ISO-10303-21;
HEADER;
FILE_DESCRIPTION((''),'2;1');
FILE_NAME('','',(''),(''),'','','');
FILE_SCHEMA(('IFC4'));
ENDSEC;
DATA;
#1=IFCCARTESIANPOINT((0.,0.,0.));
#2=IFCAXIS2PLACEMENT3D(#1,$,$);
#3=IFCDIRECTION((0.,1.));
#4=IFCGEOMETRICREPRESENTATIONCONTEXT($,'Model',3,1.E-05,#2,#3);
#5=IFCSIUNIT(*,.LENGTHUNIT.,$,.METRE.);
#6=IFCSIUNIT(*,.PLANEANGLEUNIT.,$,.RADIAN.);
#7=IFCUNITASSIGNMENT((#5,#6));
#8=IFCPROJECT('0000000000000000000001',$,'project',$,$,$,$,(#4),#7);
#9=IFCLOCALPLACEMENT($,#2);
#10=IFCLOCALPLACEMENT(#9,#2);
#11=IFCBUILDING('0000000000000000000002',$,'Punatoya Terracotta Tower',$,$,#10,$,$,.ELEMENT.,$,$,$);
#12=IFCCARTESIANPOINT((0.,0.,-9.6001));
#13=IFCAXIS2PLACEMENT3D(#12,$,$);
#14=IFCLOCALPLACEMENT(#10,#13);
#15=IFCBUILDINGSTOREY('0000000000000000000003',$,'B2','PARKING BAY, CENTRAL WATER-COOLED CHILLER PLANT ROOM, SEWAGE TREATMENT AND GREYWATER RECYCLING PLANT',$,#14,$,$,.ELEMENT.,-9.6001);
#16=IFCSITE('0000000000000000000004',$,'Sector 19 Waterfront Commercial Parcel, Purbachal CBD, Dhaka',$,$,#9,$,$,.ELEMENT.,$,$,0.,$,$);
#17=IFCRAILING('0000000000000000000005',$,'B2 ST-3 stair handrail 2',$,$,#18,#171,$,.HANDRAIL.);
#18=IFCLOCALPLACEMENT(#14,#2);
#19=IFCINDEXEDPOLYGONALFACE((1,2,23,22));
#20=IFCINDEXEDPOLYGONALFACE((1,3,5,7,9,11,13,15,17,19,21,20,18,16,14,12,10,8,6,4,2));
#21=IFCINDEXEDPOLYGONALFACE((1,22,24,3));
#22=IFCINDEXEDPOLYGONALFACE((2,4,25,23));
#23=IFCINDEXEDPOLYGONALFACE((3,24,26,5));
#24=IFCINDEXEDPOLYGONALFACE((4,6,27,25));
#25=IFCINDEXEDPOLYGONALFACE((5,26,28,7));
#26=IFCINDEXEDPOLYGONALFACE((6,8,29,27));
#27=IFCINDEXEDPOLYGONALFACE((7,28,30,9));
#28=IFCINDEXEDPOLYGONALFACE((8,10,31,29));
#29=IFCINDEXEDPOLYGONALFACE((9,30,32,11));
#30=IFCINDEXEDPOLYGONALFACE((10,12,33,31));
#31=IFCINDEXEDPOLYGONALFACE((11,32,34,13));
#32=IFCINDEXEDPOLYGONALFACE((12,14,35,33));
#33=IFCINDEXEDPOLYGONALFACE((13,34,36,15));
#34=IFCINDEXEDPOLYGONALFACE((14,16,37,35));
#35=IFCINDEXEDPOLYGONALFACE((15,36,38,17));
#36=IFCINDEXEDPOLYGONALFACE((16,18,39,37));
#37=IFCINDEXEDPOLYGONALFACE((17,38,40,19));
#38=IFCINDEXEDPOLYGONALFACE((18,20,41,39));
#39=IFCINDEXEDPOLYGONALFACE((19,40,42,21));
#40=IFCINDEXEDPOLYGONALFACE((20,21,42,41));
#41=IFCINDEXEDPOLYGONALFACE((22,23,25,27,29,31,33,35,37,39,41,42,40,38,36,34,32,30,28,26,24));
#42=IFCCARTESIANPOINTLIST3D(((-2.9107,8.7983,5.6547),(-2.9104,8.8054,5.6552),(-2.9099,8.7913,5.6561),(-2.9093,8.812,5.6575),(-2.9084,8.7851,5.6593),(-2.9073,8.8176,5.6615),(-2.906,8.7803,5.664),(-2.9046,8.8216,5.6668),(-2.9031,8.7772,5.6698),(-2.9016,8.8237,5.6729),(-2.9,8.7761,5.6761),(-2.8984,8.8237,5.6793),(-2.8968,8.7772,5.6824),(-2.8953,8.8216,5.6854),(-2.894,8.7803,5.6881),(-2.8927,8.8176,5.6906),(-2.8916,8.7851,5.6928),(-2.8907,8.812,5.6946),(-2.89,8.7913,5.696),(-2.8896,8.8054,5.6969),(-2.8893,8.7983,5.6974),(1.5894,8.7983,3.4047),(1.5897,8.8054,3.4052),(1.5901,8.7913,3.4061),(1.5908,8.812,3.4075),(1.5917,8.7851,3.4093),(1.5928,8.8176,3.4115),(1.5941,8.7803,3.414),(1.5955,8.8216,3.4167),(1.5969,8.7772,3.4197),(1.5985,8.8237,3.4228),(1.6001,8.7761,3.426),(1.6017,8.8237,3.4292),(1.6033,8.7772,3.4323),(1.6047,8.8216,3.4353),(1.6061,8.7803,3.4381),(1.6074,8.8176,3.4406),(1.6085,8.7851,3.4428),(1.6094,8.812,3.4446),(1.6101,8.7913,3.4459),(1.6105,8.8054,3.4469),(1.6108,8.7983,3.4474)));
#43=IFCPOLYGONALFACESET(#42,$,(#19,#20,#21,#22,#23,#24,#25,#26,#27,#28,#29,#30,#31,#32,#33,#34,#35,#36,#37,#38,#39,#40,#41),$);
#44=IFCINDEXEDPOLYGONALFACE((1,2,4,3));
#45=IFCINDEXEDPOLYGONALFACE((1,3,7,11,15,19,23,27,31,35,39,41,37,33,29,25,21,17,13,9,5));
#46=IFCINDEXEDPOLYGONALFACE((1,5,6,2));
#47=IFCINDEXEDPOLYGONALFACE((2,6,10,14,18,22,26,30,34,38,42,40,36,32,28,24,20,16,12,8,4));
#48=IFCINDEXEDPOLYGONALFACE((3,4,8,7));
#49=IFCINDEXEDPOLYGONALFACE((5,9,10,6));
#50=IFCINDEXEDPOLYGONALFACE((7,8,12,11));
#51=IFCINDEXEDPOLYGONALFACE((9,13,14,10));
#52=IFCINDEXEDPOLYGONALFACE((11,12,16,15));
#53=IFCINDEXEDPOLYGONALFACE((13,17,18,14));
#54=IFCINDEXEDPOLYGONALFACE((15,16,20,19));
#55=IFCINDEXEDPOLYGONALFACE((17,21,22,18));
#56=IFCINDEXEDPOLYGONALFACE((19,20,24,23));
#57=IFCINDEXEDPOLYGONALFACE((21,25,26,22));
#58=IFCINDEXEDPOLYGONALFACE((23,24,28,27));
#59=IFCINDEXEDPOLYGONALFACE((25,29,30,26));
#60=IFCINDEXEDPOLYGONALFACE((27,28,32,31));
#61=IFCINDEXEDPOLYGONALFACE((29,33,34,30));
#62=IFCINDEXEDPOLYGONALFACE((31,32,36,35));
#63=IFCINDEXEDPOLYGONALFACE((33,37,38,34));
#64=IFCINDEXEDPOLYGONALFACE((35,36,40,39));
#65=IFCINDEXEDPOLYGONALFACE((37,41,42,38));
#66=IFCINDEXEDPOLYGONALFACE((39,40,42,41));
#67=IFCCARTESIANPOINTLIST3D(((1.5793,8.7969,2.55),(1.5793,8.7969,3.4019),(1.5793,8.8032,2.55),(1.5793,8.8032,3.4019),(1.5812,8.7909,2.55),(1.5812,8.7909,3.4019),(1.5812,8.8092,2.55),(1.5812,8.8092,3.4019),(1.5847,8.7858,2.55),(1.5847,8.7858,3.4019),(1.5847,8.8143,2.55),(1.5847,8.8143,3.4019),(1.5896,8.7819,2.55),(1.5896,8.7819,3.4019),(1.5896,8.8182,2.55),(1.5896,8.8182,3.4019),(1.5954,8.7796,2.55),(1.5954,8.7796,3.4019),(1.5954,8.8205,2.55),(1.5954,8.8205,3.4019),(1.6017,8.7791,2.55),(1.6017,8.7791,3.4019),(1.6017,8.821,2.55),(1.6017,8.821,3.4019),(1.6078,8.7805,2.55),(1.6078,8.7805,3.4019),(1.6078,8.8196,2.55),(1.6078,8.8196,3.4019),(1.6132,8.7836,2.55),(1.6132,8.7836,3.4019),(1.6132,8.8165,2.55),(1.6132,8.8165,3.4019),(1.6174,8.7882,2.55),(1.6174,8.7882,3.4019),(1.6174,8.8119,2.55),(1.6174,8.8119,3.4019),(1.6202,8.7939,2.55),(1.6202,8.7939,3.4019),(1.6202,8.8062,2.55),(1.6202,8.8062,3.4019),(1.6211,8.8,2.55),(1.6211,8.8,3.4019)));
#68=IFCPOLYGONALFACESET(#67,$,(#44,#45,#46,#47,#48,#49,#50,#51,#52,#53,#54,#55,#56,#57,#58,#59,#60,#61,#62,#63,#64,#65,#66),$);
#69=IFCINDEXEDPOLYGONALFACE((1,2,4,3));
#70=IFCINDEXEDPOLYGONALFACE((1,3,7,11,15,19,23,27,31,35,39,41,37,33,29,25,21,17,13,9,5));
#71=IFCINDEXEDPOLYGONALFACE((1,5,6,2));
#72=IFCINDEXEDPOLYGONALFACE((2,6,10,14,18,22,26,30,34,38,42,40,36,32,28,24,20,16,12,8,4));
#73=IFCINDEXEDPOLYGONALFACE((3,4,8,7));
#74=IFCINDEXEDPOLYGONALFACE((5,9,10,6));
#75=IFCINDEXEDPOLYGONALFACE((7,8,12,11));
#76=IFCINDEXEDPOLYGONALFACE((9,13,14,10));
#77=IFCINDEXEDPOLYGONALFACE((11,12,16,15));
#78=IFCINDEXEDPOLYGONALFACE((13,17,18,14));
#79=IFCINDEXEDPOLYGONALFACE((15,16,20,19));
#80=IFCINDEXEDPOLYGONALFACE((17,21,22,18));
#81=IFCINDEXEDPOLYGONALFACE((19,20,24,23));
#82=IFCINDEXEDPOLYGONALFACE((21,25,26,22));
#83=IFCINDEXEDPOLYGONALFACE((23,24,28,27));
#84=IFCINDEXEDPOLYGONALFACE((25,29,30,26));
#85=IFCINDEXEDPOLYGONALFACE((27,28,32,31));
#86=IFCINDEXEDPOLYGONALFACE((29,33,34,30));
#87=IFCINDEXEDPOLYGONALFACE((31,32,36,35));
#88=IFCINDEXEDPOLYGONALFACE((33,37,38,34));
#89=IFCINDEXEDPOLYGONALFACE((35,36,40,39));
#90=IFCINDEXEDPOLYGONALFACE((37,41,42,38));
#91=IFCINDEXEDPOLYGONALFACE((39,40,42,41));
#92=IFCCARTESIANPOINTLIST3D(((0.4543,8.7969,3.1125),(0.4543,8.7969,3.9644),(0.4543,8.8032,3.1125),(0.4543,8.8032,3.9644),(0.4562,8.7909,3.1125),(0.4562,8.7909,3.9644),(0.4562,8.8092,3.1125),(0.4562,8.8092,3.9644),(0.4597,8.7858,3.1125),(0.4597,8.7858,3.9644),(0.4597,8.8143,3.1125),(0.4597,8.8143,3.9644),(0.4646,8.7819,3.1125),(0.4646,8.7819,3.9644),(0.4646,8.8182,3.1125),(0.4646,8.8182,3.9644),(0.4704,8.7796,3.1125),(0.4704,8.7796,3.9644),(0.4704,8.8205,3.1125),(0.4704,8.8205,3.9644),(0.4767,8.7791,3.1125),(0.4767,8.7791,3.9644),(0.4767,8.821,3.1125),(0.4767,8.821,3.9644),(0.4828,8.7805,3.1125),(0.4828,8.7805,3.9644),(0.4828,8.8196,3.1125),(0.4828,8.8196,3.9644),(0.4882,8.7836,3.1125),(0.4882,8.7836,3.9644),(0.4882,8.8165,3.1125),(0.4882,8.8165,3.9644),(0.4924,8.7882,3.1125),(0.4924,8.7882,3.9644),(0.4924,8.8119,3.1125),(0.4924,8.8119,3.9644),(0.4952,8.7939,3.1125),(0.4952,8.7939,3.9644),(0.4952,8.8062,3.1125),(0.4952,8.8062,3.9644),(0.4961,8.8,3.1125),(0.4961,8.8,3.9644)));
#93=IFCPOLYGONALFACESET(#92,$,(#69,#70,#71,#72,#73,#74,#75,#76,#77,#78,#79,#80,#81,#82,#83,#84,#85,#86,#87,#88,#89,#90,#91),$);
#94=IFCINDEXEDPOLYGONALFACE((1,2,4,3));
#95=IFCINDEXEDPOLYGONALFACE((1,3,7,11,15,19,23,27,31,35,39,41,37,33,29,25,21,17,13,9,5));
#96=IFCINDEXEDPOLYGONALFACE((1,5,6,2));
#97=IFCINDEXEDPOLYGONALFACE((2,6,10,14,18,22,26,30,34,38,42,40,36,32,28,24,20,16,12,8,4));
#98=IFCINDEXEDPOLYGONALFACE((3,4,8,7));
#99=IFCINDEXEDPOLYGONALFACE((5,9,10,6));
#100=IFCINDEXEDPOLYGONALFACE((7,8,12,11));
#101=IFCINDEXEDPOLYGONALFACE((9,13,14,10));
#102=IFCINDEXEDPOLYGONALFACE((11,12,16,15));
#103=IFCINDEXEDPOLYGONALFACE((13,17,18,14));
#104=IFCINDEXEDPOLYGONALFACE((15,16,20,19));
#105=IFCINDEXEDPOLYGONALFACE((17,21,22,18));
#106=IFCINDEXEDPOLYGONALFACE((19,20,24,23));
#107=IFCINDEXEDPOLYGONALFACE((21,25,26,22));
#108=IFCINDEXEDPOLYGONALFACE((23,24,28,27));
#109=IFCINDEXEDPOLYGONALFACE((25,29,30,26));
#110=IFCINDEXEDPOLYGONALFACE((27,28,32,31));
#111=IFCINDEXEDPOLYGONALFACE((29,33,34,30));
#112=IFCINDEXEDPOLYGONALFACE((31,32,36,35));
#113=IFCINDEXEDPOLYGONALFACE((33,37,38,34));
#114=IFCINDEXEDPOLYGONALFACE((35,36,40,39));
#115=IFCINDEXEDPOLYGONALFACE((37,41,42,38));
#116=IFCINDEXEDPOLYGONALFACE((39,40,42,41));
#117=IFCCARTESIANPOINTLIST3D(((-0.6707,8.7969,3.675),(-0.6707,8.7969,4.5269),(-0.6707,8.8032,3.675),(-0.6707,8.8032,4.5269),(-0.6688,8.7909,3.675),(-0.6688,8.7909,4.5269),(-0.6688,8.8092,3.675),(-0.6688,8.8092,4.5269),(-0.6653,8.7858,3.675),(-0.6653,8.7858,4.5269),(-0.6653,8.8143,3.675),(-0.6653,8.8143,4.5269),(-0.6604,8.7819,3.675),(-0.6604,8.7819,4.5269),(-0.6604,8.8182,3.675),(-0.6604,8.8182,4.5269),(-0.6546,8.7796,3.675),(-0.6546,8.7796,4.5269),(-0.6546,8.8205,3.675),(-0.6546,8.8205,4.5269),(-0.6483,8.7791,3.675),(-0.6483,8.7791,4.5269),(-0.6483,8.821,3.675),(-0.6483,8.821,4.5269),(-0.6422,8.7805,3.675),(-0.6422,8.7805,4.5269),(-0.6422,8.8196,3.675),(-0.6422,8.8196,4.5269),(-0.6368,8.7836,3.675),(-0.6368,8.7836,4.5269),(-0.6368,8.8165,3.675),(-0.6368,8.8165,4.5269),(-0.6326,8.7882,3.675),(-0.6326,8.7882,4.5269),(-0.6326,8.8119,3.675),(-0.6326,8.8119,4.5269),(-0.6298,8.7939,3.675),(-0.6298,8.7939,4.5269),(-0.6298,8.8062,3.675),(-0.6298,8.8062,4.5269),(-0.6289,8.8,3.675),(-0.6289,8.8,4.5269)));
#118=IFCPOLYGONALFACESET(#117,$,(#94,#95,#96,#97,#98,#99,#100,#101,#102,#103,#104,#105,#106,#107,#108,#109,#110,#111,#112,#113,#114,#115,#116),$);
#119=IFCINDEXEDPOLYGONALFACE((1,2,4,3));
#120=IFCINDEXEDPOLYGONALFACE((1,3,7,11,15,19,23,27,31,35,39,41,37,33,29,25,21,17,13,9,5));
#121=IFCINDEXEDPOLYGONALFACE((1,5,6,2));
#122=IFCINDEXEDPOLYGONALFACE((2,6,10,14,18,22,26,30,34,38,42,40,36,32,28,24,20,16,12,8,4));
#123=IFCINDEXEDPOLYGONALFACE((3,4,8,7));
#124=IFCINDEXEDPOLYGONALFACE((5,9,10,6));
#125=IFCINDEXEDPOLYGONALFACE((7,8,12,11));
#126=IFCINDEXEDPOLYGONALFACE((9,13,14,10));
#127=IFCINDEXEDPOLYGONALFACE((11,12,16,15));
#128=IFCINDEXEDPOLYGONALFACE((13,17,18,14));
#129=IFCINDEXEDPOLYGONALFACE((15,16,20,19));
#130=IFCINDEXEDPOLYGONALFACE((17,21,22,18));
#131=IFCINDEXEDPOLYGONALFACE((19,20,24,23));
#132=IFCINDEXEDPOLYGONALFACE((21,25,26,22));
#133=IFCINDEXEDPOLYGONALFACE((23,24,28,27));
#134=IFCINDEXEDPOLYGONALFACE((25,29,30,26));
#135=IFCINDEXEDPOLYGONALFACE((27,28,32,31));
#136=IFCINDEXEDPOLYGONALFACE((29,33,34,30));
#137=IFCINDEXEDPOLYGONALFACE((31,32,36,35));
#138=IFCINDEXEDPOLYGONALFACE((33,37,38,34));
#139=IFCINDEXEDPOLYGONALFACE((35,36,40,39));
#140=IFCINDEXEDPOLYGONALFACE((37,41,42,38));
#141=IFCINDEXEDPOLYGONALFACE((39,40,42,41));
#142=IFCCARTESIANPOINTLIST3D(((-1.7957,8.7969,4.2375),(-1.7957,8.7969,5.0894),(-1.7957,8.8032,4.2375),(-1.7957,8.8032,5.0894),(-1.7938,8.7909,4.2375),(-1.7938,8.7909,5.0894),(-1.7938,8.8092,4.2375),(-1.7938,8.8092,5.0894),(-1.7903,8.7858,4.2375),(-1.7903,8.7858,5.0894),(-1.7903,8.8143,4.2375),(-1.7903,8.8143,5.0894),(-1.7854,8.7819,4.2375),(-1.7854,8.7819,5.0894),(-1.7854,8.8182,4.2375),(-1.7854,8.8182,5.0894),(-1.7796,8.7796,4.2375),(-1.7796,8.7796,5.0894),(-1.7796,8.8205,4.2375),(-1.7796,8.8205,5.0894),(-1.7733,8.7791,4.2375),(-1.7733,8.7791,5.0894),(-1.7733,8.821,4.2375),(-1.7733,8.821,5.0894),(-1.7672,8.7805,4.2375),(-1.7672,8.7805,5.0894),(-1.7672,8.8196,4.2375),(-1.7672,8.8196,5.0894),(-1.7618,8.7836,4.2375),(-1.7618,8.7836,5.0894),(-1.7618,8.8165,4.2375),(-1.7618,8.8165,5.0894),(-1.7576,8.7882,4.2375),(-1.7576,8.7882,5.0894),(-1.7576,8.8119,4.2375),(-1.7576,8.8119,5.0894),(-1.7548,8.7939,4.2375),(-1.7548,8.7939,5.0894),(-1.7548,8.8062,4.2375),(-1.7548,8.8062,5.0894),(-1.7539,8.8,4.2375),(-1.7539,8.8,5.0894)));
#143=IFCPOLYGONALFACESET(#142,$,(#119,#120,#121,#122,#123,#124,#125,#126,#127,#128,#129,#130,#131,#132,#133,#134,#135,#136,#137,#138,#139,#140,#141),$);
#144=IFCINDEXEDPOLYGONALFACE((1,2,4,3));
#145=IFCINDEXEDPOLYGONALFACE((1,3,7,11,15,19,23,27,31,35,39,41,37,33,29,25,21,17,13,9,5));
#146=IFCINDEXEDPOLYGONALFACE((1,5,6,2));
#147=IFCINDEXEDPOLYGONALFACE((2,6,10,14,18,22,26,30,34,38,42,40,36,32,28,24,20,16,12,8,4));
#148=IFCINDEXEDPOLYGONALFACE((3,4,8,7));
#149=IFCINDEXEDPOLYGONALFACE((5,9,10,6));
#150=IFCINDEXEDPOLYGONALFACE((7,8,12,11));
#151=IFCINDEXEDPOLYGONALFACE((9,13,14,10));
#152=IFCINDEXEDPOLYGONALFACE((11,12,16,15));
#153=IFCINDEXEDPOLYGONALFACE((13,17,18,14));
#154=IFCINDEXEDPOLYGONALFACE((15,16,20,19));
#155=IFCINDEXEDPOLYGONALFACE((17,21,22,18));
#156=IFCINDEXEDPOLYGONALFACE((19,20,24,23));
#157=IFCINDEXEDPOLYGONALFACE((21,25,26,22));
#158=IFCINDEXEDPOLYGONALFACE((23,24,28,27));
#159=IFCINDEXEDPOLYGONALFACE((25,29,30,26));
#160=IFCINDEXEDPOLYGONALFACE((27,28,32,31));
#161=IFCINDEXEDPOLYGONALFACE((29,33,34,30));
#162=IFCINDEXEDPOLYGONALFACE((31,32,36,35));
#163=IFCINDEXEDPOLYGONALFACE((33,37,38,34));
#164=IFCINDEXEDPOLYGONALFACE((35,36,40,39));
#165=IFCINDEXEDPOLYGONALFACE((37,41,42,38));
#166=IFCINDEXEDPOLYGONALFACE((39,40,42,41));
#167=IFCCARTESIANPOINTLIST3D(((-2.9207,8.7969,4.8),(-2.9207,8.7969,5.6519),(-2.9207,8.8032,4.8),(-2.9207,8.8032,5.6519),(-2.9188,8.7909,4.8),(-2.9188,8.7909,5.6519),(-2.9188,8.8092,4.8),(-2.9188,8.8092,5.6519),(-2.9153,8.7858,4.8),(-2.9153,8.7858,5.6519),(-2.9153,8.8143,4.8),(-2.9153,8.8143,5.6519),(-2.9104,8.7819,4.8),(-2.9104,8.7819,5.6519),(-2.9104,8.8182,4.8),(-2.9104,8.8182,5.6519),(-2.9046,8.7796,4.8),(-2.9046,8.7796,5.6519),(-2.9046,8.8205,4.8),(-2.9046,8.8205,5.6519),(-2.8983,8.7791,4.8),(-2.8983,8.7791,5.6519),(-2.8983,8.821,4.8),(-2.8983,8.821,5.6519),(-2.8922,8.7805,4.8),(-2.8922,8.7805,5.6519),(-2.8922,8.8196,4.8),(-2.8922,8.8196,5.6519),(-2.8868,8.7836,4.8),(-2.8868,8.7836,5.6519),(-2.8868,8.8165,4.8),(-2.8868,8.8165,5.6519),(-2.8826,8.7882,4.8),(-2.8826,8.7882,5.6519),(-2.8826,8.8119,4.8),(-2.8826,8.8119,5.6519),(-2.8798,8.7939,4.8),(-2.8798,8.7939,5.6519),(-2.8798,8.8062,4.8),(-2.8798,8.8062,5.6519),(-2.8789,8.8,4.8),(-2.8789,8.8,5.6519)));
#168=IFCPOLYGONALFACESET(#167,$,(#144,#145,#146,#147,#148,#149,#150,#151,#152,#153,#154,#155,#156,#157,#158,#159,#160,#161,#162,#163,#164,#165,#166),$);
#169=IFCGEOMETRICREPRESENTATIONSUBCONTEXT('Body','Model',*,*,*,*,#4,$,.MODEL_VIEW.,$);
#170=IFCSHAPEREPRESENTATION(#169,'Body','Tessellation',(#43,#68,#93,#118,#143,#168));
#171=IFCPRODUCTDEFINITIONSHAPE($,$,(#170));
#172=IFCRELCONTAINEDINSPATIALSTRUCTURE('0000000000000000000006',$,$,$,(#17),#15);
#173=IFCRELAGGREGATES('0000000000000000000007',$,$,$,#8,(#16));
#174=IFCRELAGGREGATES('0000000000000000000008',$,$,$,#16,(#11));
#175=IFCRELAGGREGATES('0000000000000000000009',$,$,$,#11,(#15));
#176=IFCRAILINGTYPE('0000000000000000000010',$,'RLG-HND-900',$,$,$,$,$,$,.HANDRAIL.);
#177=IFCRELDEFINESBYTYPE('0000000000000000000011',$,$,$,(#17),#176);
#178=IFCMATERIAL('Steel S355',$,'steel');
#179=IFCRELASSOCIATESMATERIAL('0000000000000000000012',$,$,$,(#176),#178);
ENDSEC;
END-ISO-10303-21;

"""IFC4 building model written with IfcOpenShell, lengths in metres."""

from ifc_helpers import new_model, si_unit, direction, frame, origin, origin_2d, place, context, subcontext, project, spatial, circle, extrude, material, type_object, element, save


model = new_model("IFC4")

# Units and contexts
model_context = context("Model", 3, precision=1e-05, world=origin(), true_north=direction((0.0, 1.0)))
body_context = subcontext(model_context, "Body", "Model", "MODEL_VIEW")
ifc_project = project(units=[si_unit("LENGTHUNIT", "METRE"), si_unit("PLANEANGLEUNIT", "RADIAN")], contexts=[model_context])

# Site, building, storey
site_placement = place(None, origin())
site = spatial("IfcSite", under=ifc_project, at=site_placement, Name="Sector 19 Waterfront Commercial Parcel, Purbachal CBD, Dhaka", CompositionType="ELEMENT", RefElevation=0.0)
building_placement = place(site_placement, origin())
building = spatial("IfcBuilding", under=site, at=building_placement, Name="Punatoya Terracotta Tower", CompositionType="ELEMENT")
storey_placement = place(building_placement, frame((0.0, 0.0, -9.6001)))
storey = spatial("IfcBuildingStorey", under=building, at=storey_placement, Name="B2", Description="PARKING BAY, CENTRAL WATER-COOLED CHILLER PLANT ROOM, SEWAGE TREATMENT AND GREYWATER RECYCLING PLANT", CompositionType="ELEMENT", Elevation=-9.6001)

# Railing
ifc_material_1 = material(Name="Steel S355", Category="steel")
railing_type_1 = type_object("IfcRailingType", Name="RLG-HND-900", PredefinedType="HANDRAIL", material=ifc_material_1)
railing_1_placement = place(storey_placement, frame((1.6001, 8.8, 2.55)))
element("IfcRailing", 1, at=railing_1_placement, inside=storey, type_object=railing_type_1, Name="B2 ST-3 stair handrail 2", PredefinedType="HANDRAIL", context=body_context, shape_type="SweptSolid", body=[
    extrude(circle(Radius=0.0239, at=origin_2d()), frame((0.0, 0.0, 0.876), z_axis=(-0.894427, 0.0, 0.447214), x_axis=(0.0, -1.0, 0.0)), (0.0, 0.0, 1.0), 5.0312),
    extrude(circle(Radius=0.021, at=origin_2d()), origin(), (0.0, 0.0, 1.0), 0.8518),
    extrude(circle(Radius=0.021, at=origin_2d()), frame((-1.125, 0.0, 0.5625)), (0.0, 0.0, 1.0), 0.8518),
    extrude(circle(Radius=0.021, at=origin_2d()), frame((-2.25, 0.0, 1.125)), (0.0, 0.0, 1.0), 0.8518),
    extrude(circle(Radius=0.021, at=origin_2d()), frame((-3.375, 0.0, 1.6875)), (0.0, 0.0, 1.0), 0.8518),
    extrude(circle(Radius=0.021, at=origin_2d()), frame((-4.5, 0.0, 2.25)), (0.0, 0.0, 1.0), 0.8518),
])

save(model, "model.ifc")
